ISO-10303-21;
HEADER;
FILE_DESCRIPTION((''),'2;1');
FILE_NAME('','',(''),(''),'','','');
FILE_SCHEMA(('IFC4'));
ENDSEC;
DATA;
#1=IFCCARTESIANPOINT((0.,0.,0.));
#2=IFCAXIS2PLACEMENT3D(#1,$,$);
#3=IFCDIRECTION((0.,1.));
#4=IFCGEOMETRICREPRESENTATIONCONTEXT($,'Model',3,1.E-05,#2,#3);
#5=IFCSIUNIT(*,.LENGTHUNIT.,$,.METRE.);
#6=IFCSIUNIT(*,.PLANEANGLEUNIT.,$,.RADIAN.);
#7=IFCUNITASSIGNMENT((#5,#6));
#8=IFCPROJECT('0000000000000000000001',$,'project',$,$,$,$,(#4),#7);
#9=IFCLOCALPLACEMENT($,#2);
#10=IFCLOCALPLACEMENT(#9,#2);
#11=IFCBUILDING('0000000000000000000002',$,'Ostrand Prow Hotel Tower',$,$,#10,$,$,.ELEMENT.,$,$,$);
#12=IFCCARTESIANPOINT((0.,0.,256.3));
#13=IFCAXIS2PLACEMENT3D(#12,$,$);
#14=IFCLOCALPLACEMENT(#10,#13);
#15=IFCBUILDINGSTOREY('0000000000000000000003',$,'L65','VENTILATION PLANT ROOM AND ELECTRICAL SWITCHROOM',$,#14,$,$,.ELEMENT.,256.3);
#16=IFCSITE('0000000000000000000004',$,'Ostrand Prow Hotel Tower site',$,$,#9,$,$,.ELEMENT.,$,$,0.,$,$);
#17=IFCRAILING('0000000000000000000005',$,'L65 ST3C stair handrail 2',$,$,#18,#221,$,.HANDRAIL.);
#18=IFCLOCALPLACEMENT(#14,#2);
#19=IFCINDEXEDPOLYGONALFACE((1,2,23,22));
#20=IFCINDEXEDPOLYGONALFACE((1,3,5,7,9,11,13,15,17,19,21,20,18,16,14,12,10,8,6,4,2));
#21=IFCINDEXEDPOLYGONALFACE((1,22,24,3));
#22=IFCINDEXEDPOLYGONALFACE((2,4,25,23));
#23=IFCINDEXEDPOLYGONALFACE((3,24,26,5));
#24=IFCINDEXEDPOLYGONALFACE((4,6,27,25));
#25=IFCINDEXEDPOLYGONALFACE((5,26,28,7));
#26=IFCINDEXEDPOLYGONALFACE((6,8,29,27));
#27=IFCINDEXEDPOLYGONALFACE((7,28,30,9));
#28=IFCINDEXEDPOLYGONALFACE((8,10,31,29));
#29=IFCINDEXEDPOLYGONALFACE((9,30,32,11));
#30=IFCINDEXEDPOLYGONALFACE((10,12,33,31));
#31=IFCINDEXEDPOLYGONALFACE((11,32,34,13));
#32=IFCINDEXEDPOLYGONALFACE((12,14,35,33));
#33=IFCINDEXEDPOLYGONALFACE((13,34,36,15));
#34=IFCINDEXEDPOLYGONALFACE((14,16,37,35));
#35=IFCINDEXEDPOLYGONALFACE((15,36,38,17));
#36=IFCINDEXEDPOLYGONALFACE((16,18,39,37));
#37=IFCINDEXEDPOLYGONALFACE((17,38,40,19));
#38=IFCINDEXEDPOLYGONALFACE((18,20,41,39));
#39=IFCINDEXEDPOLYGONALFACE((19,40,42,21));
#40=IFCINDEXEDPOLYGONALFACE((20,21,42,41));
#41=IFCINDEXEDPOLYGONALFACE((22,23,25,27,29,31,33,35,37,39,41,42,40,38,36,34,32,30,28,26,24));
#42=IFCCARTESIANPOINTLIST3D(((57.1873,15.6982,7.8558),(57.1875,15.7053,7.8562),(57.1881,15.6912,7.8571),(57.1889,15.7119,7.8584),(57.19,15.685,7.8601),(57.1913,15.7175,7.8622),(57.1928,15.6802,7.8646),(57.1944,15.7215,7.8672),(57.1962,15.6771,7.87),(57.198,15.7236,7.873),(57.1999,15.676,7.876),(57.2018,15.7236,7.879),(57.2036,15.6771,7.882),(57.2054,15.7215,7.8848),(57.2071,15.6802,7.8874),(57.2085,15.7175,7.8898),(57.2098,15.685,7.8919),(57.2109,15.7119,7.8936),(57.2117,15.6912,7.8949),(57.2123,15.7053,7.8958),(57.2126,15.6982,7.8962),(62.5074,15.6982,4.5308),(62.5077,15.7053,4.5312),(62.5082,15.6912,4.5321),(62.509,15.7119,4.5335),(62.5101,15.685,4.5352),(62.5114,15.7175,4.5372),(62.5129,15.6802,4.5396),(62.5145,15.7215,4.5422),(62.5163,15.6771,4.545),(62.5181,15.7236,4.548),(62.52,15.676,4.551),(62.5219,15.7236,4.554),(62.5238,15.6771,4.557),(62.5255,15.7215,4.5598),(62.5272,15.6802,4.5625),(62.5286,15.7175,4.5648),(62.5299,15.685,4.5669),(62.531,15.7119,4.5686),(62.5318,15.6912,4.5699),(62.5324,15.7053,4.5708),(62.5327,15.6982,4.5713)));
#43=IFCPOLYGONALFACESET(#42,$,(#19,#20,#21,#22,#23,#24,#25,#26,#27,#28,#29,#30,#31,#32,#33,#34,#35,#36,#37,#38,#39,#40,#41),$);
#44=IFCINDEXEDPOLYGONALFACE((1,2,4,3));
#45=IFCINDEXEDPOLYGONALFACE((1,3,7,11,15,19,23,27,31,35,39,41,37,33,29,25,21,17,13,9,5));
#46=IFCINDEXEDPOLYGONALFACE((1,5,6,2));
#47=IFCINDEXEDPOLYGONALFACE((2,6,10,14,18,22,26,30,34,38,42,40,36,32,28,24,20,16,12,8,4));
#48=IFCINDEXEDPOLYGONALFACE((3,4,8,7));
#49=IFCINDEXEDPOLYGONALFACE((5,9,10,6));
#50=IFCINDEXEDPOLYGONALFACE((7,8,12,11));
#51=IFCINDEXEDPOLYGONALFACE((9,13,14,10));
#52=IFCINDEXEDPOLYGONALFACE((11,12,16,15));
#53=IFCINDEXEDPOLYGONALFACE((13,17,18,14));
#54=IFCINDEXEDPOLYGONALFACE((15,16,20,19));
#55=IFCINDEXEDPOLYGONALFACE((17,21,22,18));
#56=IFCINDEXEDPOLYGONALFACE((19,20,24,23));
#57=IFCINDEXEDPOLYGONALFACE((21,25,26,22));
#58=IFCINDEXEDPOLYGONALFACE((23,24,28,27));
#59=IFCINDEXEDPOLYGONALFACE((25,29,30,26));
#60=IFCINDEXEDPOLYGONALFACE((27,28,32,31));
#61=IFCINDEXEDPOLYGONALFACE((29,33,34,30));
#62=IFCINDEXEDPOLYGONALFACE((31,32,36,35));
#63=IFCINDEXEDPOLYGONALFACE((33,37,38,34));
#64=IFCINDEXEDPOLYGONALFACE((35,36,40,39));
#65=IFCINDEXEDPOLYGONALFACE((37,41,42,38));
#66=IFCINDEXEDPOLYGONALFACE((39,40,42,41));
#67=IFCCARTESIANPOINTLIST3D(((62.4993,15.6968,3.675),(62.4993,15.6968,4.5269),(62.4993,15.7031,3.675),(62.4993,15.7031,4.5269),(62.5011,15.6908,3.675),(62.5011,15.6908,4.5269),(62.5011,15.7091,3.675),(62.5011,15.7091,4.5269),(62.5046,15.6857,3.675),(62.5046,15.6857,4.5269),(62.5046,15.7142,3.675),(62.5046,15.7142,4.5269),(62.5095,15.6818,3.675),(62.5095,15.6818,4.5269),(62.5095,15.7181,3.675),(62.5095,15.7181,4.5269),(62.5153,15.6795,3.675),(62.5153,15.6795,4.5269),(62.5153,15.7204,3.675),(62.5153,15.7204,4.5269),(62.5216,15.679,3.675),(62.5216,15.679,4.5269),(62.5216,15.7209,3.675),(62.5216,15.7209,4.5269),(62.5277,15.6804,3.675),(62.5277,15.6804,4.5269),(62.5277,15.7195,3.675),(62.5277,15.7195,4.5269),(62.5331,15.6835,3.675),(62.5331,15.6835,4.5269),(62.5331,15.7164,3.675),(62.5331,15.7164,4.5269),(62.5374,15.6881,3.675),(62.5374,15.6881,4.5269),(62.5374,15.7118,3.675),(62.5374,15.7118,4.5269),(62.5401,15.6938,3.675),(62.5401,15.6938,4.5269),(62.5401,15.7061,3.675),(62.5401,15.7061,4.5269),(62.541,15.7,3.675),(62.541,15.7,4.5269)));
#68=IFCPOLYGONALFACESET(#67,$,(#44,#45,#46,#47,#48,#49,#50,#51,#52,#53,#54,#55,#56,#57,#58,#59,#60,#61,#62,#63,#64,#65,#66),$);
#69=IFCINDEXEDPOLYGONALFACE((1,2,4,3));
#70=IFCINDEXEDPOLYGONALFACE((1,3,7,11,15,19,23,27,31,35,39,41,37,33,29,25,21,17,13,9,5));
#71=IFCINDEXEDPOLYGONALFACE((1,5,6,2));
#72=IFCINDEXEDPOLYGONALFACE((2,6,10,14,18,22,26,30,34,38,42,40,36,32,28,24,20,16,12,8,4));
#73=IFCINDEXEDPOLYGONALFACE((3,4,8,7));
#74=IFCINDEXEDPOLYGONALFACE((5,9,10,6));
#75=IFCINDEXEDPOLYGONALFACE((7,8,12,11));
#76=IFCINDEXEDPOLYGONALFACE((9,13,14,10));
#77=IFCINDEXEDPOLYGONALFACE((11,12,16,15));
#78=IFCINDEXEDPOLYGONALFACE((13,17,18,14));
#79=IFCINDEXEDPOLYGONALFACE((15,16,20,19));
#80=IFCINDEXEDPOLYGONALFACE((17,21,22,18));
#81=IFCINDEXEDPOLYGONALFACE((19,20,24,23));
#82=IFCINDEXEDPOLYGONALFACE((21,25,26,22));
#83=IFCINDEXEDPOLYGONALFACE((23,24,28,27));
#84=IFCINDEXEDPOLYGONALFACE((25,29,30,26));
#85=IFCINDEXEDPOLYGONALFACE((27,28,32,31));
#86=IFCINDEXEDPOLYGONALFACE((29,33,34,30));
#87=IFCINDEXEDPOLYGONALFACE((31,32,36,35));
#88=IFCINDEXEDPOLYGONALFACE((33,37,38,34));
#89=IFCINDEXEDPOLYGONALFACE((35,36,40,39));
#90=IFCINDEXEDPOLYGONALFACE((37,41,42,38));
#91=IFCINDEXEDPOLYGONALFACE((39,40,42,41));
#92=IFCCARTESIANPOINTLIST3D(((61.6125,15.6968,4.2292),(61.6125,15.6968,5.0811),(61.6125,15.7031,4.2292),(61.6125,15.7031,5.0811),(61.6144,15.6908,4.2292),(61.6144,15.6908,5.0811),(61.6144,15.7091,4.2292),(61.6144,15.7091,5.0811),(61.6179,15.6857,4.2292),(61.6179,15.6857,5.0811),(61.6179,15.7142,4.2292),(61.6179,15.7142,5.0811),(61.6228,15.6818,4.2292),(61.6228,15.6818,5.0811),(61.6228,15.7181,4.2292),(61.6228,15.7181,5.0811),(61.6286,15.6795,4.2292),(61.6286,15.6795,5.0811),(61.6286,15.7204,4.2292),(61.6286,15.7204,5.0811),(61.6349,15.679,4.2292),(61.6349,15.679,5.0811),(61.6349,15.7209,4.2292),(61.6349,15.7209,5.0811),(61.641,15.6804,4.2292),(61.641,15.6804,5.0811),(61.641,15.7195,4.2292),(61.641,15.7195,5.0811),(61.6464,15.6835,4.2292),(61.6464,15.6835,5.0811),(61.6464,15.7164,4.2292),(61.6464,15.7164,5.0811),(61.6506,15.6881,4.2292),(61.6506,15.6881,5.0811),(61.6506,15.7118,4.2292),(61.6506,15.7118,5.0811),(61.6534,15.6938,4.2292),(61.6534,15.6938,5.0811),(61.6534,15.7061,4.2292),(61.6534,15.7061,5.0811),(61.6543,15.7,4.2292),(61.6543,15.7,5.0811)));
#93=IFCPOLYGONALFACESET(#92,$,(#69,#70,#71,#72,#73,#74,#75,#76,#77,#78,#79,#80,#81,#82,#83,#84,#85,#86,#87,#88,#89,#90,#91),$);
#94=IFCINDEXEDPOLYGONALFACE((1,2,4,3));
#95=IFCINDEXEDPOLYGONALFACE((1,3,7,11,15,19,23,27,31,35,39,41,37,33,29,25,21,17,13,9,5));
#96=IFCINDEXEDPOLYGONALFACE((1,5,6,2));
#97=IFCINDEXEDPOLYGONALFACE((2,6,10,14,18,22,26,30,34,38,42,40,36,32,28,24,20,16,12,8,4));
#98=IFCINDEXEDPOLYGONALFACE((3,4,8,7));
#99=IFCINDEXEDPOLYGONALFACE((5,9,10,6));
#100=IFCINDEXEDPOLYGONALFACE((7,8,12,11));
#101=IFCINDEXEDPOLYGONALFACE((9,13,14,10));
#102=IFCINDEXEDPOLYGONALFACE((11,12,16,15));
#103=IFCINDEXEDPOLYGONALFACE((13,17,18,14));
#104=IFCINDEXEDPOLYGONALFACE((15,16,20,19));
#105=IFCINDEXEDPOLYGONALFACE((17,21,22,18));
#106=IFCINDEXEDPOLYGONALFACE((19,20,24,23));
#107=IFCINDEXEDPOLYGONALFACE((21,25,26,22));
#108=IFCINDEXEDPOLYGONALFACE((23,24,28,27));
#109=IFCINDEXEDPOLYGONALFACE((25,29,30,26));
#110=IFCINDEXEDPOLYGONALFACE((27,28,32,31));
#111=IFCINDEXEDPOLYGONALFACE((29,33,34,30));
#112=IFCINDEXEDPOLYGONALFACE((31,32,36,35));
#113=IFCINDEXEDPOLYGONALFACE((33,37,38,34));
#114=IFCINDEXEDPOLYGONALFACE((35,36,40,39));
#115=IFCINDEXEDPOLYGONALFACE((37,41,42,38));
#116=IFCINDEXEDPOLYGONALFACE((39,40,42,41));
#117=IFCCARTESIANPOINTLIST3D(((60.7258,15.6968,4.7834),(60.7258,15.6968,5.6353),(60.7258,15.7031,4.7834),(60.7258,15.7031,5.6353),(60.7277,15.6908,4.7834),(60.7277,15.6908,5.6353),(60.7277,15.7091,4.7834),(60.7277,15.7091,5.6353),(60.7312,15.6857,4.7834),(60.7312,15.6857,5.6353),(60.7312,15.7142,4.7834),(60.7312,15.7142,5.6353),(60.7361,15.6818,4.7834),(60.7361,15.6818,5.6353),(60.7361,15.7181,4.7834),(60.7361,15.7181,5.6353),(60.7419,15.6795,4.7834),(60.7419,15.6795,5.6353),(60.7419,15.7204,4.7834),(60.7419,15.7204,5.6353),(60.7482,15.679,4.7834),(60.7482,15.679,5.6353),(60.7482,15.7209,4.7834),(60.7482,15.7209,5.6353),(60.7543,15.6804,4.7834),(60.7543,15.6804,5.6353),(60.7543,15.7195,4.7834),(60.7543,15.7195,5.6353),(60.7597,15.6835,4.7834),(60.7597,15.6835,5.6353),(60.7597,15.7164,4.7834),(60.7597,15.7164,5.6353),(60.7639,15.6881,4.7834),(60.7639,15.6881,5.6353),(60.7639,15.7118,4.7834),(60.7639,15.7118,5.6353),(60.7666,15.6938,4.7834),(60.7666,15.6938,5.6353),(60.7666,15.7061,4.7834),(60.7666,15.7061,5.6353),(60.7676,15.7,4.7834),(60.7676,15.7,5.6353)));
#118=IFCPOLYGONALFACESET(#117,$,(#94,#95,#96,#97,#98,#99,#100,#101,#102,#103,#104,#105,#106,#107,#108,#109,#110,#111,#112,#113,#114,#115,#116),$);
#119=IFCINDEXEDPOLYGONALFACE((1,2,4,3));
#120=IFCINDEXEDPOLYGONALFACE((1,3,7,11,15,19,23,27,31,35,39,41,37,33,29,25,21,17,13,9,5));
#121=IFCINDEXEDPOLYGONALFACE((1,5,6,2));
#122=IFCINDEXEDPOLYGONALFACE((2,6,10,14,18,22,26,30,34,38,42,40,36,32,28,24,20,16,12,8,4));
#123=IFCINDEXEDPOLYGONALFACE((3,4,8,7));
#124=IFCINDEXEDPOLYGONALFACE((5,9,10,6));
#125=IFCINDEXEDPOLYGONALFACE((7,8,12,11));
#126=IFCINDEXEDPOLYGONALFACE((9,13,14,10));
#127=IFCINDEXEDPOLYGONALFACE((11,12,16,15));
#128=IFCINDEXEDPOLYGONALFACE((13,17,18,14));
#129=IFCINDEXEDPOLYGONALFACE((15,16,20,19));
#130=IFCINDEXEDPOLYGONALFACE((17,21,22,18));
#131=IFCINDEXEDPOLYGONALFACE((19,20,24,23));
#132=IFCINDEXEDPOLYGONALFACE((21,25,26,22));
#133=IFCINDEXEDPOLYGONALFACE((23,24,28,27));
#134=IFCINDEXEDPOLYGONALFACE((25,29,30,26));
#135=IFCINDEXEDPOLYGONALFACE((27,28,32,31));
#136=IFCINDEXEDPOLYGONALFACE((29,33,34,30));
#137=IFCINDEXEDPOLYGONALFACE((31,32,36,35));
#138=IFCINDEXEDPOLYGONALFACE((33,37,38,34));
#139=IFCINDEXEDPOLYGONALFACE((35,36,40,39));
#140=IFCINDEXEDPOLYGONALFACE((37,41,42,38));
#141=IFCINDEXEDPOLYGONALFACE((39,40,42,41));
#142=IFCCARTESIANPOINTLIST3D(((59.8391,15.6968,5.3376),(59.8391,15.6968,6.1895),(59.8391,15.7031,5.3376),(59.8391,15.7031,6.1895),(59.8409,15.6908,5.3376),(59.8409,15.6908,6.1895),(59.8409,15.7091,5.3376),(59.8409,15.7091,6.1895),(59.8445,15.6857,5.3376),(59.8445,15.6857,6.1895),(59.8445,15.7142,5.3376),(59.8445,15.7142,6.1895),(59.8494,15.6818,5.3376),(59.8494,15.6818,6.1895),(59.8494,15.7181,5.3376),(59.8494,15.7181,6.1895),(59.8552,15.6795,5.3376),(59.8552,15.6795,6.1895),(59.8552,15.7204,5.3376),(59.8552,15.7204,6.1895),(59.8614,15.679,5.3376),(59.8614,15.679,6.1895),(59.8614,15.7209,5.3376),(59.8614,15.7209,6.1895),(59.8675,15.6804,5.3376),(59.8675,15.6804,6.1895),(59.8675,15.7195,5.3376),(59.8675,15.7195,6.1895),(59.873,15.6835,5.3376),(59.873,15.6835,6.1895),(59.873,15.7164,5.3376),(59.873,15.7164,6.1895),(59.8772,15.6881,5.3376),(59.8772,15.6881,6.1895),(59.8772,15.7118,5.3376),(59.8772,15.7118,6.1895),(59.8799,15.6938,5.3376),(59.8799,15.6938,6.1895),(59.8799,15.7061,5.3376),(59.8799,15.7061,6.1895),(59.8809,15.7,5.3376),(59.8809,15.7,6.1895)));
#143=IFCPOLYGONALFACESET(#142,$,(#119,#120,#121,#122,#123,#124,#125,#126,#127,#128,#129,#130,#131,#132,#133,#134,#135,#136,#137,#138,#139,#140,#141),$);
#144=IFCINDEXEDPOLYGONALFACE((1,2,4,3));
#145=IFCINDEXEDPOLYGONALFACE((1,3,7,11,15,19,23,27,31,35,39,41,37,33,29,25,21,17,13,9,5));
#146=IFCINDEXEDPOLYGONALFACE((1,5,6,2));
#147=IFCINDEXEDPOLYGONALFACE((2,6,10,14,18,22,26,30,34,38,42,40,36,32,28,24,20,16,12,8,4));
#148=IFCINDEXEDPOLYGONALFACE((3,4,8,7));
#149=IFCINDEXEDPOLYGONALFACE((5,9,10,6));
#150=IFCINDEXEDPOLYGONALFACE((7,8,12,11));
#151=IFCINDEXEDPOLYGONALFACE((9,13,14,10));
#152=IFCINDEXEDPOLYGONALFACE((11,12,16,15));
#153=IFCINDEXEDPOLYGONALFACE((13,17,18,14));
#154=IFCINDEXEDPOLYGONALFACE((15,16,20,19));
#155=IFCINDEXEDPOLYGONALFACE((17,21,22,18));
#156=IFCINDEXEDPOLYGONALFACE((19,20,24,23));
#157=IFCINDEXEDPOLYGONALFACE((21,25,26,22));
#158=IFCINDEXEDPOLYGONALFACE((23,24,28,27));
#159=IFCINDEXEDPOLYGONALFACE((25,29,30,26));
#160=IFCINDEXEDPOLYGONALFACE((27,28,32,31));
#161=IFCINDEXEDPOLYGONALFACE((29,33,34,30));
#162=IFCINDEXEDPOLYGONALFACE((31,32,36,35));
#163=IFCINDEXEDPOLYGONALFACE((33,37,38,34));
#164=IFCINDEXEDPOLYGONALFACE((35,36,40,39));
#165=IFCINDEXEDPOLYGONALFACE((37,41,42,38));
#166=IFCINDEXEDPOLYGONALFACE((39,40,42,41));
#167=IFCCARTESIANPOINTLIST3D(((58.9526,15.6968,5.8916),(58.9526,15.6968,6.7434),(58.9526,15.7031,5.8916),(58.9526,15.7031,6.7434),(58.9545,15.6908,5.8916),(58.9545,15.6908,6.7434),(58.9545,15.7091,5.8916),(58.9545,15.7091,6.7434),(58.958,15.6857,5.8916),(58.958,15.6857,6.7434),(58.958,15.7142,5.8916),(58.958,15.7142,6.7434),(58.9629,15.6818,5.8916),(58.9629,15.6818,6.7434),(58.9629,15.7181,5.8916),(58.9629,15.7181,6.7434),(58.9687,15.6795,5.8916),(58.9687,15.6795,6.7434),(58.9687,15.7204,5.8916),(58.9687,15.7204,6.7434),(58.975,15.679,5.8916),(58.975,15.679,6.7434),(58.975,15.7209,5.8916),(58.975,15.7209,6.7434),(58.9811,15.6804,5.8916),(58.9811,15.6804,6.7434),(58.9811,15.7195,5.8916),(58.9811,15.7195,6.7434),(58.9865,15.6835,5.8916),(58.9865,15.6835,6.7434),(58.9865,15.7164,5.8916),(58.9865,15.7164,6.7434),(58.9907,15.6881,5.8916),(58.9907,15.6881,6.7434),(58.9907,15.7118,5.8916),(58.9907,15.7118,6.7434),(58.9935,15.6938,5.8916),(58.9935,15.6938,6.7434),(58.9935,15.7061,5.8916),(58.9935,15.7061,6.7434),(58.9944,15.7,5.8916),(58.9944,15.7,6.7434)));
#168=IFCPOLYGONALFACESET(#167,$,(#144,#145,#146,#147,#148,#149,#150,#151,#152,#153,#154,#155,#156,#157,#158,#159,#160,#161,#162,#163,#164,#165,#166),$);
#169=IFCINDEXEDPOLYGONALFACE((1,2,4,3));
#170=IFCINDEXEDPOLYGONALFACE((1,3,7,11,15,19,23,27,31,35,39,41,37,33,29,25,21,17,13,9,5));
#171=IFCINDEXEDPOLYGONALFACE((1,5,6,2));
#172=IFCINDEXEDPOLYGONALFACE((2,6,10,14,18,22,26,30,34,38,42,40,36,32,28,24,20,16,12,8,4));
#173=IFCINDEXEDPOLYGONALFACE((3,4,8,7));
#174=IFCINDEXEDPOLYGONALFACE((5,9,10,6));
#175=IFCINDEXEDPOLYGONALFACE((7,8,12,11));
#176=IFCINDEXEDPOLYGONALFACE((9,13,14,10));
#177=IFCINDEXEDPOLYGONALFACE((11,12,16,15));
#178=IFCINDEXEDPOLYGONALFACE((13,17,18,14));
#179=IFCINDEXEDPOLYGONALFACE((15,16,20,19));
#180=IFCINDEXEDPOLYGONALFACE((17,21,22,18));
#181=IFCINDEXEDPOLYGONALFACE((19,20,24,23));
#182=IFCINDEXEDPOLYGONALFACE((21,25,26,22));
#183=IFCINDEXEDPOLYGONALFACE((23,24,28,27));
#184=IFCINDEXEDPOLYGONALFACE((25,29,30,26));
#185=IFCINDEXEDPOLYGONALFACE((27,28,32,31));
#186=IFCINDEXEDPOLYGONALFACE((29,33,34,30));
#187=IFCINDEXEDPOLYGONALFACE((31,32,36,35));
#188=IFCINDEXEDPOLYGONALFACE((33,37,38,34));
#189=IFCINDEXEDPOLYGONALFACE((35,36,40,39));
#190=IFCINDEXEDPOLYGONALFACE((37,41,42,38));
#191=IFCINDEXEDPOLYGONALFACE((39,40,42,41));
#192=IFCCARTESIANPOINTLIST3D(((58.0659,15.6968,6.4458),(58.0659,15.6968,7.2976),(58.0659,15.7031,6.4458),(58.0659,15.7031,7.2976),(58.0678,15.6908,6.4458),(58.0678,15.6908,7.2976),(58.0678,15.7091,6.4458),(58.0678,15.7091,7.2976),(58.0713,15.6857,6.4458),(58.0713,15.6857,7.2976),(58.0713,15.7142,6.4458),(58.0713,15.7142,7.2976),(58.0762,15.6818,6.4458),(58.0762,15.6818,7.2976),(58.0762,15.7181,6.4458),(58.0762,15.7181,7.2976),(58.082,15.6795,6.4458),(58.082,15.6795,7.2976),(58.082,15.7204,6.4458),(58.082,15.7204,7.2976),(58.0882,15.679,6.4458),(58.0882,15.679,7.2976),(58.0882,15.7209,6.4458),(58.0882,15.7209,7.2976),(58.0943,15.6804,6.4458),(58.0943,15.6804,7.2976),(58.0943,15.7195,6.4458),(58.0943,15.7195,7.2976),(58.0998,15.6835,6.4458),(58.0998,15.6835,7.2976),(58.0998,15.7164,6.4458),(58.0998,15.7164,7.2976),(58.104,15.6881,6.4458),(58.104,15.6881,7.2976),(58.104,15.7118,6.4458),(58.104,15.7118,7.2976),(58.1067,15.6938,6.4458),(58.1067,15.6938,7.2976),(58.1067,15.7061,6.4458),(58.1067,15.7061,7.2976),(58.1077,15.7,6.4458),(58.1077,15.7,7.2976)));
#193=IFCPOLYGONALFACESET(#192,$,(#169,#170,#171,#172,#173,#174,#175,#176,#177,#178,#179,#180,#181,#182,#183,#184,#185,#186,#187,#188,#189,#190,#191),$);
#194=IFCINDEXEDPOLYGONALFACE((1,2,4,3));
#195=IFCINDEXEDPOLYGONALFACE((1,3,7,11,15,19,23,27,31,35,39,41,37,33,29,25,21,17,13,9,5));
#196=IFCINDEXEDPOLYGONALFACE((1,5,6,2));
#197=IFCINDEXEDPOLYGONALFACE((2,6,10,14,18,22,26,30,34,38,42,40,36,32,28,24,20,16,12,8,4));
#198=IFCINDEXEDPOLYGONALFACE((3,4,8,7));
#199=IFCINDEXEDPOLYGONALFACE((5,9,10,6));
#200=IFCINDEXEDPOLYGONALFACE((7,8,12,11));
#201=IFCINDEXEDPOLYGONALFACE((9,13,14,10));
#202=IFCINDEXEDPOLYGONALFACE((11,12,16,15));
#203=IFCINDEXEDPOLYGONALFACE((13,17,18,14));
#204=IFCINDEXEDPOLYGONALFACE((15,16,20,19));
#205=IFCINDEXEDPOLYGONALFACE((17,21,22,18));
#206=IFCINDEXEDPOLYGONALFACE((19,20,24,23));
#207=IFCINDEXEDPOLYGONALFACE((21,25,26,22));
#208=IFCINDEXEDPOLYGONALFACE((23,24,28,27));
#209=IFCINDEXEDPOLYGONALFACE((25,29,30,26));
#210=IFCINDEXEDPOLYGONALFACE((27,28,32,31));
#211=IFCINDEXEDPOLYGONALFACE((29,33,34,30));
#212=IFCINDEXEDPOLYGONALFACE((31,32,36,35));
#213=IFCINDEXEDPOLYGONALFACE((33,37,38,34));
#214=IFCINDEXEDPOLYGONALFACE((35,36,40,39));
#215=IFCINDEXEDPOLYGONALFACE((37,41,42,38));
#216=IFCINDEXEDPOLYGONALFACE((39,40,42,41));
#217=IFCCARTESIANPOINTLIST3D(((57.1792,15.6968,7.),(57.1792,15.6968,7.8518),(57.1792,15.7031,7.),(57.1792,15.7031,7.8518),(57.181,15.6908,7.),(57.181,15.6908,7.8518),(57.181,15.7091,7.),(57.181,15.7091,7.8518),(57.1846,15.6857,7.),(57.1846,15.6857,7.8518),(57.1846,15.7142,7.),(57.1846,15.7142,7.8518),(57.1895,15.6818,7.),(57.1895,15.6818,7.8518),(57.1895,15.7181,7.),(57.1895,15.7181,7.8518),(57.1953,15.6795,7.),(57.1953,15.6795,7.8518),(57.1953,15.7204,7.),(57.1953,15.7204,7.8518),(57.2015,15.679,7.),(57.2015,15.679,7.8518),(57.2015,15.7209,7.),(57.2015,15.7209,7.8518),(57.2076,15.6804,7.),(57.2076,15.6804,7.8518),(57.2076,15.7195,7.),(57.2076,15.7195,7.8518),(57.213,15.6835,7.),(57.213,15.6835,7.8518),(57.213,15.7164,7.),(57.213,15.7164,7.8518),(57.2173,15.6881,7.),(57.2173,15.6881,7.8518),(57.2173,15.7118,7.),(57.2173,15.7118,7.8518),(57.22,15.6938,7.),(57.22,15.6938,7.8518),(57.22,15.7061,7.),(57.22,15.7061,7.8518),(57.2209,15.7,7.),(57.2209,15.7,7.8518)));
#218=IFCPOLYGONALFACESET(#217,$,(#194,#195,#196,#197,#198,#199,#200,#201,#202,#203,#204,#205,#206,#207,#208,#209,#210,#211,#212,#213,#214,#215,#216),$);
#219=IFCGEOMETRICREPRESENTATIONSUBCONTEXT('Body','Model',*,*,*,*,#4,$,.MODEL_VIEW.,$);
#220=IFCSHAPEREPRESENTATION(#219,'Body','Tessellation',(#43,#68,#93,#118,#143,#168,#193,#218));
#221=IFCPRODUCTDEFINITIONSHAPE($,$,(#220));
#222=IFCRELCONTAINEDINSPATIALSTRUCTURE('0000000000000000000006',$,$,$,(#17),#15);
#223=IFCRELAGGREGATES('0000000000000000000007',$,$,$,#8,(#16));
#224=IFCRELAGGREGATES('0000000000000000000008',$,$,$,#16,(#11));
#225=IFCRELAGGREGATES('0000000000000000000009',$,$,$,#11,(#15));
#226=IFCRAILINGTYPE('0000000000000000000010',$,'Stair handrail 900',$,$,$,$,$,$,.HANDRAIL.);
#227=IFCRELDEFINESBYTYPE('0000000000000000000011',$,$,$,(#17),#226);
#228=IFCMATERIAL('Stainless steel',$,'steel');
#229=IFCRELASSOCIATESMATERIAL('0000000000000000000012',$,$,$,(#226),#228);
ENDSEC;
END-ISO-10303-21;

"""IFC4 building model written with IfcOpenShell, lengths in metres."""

from ifc_helpers import new_model, si_unit, direction, frame, origin, origin_2d, place, context, subcontext, project, spatial, circle, extrude, material, type_object, element, save


model = new_model("IFC4")

# Units and contexts
model_context = context("Model", 3, precision=1e-05, world=origin(), true_north=direction((0.0, 1.0)))
body_context = subcontext(model_context, "Body", "Model", "MODEL_VIEW")
ifc_project = project(units=[si_unit("LENGTHUNIT", "METRE"), si_unit("PLANEANGLEUNIT", "RADIAN")], contexts=[model_context])

# Site, building, storey
site_placement = place(None, origin())
site = spatial("IfcSite", under=ifc_project, at=site_placement, Name="Ostrand Prow Hotel Tower site", CompositionType="ELEMENT", RefElevation=0.0)
building_placement = place(site_placement, origin())
building = spatial("IfcBuilding", under=site, at=building_placement, Name="Ostrand Prow Hotel Tower", CompositionType="ELEMENT")
storey_placement = place(building_placement, frame((0.0, 0.0, 256.3)))
storey = spatial("IfcBuildingStorey", under=building, at=storey_placement, Name="L65", Description="VENTILATION PLANT ROOM AND ELECTRICAL SWITCHROOM", CompositionType="ELEMENT", Elevation=256.3)

# Railing
ifc_material_1 = material(Name="Stainless steel", Category="steel")
railing_type_1 = type_object("IfcRailingType", Name="Stair handrail 900", PredefinedType="HANDRAIL", material=ifc_material_1)
railing_1_placement = place(storey_placement, frame((62.52, 15.7, 3.675)))
element("IfcRailing", 1, at=railing_1_placement, inside=storey, type_object=railing_type_1, Name="L65 ST3C stair handrail 2", PredefinedType="HANDRAIL", context=body_context, shape_type="SweptSolid", body=[
    extrude(circle(Radius=0.0239, at=origin_2d()), frame((0.0, 0.0, 0.876), z_axis=(-0.848005, 0.0, 0.529988), x_axis=(0.0, -1.0, 0.0)), (0.0, 0.0, 1.0), 6.2737),
    extrude(circle(Radius=0.021, at=origin_2d()), origin(), (0.0, 0.0, 1.0), 0.8518),
    extrude(circle(Radius=0.021, at=origin_2d()), frame((-0.8867, 0.0, 0.5542)), (0.0, 0.0, 1.0), 0.8518),
    extrude(circle(Radius=0.021, at=origin_2d()), frame((-1.7734, 0.0, 1.1084)), (0.0, 0.0, 1.0), 0.8518),
    extrude(circle(Radius=0.021, at=origin_2d()), frame((-2.6602, 0.0, 1.6626)), (0.0, 0.0, 1.0), 0.8518),
    extrude(circle(Radius=0.021, at=origin_2d()), frame((-3.5466, 0.0, 2.2166)), (0.0, 0.0, 1.0), 0.8518),
    extrude(circle(Radius=0.021, at=origin_2d()), frame((-4.4333, 0.0, 2.7708)), (0.0, 0.0, 1.0), 0.8518),
    extrude(circle(Radius=0.021, at=origin_2d()), frame((-5.3201, 0.0, 3.325)), (0.0, 0.0, 1.0), 0.8518),
])

save(model, "model.ifc")
